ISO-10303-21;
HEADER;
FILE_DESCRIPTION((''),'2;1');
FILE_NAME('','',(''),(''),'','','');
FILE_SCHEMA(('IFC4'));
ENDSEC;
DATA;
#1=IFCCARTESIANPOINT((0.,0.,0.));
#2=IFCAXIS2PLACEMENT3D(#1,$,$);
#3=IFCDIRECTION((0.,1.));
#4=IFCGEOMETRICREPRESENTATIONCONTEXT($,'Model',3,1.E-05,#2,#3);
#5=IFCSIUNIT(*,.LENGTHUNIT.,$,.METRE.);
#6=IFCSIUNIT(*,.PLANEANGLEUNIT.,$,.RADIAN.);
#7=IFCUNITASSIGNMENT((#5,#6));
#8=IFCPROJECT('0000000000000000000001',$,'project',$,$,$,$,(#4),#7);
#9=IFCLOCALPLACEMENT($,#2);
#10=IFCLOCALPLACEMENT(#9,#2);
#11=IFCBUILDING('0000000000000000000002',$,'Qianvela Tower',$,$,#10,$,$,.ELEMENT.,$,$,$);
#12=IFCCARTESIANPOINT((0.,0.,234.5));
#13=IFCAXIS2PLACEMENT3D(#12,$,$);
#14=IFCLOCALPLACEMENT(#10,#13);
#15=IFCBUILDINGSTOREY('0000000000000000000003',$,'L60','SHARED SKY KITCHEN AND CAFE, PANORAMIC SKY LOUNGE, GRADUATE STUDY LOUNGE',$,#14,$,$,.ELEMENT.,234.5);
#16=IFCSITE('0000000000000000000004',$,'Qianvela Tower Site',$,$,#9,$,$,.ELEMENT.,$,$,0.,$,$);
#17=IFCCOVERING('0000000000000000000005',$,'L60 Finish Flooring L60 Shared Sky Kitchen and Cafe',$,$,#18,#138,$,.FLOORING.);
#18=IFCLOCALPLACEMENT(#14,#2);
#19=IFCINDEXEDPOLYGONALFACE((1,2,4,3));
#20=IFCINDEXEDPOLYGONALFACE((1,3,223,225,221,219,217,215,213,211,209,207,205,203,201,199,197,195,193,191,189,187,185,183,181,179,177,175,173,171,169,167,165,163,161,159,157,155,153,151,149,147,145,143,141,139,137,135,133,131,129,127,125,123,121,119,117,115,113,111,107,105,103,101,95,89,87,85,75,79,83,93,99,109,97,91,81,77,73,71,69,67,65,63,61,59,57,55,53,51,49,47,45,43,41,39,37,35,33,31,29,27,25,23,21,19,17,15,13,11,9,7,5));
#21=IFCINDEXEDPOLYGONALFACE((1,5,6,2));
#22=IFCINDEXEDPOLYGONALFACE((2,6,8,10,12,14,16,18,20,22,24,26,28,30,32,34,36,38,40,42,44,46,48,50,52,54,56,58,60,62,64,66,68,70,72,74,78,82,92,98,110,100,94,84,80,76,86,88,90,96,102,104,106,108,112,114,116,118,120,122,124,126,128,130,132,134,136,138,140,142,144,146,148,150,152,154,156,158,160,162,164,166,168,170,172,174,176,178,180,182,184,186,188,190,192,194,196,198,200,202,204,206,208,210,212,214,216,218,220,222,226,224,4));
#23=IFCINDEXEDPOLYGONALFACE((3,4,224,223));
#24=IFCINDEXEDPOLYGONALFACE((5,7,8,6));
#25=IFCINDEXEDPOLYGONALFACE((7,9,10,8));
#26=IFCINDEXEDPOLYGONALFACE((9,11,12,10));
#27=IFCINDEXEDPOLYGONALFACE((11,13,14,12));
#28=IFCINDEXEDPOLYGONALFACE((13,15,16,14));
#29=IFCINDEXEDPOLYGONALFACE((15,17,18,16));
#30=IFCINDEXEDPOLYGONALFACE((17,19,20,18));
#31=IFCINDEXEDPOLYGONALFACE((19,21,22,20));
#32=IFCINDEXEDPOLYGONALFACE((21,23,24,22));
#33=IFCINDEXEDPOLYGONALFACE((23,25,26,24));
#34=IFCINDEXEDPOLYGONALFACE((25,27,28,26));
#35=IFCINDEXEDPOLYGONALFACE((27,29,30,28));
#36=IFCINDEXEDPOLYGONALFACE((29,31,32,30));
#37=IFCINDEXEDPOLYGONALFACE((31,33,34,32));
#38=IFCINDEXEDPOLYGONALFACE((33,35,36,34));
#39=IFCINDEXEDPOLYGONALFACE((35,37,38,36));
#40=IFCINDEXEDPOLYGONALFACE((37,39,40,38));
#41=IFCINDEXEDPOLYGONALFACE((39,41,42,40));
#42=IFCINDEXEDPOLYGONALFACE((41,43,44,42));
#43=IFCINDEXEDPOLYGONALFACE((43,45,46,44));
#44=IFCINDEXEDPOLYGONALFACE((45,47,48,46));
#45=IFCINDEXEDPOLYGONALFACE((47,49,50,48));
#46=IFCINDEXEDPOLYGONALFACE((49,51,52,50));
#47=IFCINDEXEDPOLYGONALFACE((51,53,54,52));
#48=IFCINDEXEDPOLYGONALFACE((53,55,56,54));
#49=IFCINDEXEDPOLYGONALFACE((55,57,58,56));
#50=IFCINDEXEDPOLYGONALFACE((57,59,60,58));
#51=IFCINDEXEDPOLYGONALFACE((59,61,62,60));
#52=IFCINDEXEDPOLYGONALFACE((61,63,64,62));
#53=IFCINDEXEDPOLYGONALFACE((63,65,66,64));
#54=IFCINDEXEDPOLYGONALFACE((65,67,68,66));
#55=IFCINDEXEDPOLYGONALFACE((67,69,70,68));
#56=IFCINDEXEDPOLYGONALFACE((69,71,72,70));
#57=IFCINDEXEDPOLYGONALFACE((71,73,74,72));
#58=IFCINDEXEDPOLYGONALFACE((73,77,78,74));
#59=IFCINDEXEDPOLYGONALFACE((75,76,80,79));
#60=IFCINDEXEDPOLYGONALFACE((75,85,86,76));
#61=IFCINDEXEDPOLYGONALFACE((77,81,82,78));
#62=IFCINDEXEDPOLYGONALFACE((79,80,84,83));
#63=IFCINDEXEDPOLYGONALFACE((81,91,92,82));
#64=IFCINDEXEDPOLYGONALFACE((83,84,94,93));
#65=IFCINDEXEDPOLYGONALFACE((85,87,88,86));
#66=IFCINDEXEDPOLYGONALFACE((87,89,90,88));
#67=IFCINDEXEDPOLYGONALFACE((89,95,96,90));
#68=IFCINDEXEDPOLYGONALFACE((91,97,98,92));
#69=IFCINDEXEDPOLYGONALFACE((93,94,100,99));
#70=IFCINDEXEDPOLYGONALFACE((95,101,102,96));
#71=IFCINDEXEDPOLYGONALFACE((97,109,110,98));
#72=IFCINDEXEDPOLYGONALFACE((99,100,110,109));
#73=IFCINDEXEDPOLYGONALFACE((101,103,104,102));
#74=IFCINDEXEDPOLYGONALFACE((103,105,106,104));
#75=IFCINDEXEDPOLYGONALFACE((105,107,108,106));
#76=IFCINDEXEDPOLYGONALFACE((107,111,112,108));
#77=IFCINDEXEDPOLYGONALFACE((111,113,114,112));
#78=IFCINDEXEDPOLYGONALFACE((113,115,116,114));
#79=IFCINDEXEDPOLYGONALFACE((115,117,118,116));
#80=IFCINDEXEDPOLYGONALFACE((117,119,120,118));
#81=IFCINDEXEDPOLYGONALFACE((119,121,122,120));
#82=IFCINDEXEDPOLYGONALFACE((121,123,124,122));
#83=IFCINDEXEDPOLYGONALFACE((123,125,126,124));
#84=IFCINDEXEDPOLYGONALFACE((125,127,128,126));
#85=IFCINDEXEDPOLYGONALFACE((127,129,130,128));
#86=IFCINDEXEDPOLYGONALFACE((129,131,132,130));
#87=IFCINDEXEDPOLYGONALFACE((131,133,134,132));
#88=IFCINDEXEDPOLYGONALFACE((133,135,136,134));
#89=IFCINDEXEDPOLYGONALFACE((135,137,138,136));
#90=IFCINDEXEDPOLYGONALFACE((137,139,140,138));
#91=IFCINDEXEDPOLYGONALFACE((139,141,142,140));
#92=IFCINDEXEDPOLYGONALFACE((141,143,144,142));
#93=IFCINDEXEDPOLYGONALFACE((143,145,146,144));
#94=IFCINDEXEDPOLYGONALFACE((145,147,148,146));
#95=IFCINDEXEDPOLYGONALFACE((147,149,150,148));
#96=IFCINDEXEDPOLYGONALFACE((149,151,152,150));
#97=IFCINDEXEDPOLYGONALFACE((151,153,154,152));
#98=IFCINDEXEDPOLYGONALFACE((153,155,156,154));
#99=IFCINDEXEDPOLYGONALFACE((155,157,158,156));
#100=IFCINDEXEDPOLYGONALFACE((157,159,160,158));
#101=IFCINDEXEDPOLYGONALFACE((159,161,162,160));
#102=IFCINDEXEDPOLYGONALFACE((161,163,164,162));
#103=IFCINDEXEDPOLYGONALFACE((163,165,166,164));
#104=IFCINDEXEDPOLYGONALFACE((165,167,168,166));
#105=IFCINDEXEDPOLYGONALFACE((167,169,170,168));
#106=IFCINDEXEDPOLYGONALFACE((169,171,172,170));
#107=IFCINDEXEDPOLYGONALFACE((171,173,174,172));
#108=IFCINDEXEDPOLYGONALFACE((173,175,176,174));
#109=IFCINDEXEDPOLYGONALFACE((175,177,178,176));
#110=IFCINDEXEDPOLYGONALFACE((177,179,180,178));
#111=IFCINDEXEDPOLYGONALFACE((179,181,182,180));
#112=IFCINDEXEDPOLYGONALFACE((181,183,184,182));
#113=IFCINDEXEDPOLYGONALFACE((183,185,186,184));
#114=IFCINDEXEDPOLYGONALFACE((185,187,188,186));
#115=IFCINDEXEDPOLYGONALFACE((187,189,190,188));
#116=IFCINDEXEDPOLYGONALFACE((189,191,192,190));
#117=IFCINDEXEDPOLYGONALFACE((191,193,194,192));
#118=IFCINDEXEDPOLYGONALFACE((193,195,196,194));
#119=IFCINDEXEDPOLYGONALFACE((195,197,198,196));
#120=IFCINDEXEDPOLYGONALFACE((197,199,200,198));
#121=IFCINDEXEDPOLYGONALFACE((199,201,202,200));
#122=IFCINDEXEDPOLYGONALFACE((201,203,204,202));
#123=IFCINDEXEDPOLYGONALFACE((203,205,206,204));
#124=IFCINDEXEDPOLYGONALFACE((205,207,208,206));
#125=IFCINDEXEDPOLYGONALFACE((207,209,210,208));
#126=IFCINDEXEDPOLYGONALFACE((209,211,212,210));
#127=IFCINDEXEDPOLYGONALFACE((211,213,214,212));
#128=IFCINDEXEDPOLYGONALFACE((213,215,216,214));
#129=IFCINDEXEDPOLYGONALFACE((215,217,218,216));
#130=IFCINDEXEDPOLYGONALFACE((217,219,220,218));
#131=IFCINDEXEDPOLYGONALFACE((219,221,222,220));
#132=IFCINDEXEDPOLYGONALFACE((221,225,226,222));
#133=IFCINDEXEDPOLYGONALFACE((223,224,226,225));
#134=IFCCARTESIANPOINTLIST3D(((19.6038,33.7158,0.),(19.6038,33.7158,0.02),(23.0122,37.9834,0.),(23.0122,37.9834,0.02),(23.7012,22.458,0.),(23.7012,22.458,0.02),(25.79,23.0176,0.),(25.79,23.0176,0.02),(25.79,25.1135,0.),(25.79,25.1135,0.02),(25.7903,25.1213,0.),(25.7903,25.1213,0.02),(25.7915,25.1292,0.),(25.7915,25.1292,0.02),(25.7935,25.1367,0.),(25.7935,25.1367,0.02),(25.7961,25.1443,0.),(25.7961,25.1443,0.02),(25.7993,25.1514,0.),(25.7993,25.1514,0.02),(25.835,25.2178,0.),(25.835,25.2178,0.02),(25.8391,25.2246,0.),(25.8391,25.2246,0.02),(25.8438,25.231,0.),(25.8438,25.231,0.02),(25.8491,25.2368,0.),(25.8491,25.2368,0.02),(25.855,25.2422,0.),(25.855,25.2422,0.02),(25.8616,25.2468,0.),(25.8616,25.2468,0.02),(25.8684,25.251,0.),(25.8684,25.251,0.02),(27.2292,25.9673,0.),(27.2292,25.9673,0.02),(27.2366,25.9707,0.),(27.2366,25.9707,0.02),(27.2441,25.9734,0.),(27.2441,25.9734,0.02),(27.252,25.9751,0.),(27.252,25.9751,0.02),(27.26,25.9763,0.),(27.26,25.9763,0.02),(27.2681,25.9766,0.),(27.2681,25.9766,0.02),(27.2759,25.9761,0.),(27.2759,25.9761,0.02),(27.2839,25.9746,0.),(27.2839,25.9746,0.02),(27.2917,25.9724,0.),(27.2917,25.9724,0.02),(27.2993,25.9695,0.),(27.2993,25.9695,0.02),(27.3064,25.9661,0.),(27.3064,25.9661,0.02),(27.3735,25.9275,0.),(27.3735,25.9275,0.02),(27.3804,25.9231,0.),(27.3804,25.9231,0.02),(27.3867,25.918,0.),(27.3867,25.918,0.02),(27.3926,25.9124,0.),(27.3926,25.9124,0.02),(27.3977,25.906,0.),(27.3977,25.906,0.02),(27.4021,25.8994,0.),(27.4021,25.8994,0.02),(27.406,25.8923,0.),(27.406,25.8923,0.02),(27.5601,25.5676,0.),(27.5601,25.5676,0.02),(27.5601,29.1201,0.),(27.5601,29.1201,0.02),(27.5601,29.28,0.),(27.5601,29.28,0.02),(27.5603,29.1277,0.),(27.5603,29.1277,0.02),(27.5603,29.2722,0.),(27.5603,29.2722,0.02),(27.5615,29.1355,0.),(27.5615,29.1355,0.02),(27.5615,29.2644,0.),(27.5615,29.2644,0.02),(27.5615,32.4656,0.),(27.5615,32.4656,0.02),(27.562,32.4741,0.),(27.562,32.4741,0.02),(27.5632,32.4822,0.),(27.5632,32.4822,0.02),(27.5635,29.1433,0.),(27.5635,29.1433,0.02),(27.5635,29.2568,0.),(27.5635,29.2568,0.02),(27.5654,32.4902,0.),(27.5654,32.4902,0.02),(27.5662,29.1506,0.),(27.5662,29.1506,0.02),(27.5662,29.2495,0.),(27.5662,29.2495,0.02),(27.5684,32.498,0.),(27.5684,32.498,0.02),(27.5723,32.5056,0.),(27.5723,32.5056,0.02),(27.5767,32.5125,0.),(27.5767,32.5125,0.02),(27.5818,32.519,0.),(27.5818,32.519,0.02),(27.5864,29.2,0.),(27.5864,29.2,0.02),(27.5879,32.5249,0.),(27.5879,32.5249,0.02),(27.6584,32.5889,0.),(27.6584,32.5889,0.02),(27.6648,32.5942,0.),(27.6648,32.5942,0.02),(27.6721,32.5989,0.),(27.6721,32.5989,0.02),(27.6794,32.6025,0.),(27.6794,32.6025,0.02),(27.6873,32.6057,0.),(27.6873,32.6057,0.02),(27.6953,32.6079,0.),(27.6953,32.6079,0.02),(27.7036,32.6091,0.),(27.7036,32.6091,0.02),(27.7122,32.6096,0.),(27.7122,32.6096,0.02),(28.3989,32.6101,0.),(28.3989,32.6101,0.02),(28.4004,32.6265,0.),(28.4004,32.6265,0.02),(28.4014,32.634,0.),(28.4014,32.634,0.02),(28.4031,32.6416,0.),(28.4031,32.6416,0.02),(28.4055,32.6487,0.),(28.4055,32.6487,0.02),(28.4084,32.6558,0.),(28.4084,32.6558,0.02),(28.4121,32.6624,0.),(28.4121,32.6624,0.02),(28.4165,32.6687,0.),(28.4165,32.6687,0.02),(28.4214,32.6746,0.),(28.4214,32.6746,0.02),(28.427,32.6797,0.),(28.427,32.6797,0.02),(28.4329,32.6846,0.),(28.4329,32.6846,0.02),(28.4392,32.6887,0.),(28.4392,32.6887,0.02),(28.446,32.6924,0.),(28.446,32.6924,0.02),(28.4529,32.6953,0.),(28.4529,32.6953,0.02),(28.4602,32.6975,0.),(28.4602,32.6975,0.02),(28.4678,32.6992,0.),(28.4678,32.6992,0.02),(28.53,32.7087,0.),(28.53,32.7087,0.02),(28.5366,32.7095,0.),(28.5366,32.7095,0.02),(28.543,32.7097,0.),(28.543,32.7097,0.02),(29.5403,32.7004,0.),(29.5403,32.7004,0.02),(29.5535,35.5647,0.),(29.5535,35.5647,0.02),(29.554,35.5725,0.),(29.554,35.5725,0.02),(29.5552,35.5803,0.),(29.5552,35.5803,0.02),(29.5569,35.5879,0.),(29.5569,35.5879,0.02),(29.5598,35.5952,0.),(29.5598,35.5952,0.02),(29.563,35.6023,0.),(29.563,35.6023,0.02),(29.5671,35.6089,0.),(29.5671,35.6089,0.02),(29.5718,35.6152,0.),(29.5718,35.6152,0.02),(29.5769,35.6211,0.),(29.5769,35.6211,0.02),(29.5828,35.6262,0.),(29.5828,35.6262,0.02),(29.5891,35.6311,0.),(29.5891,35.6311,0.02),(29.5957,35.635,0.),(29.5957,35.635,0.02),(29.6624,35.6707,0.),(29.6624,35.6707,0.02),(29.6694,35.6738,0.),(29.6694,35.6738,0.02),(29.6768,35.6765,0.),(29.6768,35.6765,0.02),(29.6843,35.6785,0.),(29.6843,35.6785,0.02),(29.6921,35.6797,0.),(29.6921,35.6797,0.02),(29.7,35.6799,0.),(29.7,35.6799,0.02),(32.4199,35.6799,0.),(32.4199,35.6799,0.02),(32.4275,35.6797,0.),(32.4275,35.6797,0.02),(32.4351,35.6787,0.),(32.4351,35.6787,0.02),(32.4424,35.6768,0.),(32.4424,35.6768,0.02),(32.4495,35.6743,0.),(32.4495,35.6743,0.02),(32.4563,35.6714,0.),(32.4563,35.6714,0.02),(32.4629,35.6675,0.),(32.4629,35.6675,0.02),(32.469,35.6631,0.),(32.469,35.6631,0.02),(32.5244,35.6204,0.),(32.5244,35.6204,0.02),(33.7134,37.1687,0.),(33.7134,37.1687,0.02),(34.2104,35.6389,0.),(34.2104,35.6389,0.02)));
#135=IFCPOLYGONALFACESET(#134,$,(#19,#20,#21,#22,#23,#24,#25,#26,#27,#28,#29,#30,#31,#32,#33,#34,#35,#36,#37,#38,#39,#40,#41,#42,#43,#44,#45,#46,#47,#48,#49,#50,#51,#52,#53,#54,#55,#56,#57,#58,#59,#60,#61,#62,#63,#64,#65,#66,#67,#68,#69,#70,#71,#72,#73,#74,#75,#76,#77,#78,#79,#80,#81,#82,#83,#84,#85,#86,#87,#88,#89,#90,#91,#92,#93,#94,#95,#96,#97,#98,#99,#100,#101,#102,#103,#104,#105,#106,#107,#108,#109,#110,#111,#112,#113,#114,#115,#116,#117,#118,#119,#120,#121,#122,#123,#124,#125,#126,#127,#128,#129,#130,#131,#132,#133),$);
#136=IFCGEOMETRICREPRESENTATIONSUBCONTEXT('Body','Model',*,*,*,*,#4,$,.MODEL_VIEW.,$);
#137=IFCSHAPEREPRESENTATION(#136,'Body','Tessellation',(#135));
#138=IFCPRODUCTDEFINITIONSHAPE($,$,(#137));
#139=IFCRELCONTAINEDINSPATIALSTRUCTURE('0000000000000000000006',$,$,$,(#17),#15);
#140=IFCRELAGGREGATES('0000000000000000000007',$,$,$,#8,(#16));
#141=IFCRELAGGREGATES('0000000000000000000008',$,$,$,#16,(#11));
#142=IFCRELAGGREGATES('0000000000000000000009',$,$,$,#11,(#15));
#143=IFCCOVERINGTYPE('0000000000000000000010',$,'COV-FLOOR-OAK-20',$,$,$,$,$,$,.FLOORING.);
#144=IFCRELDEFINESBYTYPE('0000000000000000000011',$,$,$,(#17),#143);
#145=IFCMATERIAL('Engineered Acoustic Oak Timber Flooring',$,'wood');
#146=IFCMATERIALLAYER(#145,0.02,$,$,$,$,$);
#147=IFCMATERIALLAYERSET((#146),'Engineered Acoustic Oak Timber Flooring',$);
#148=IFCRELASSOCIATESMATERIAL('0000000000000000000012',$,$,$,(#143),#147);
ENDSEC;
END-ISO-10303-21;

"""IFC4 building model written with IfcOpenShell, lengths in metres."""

from ifc_helpers import new_model, si_unit, direction, frame, origin, place, context, subcontext, project, spatial, polyline, outline, extrude, material, layer, layer_set, type_object, element, save


model = new_model("IFC4")

# Units and contexts
model_context = context("Model", 3, precision=1e-05, world=origin(), true_north=direction((0.0, 1.0)))
body_context = subcontext(model_context, "Body", "Model", "MODEL_VIEW")
ifc_project = project(units=[si_unit("LENGTHUNIT", "METRE"), si_unit("PLANEANGLEUNIT", "RADIAN")], contexts=[model_context])

# Site, building, storey
site_placement = place(None, origin())
site = spatial("IfcSite", under=ifc_project, at=site_placement, Name="Qianvela Tower Site", CompositionType="ELEMENT", RefElevation=0.0)
building_placement = place(site_placement, origin())
building = spatial("IfcBuilding", under=site, at=building_placement, Name="Qianvela Tower", CompositionType="ELEMENT")
storey_placement = place(building_placement, frame((0.0, 0.0, 234.5)))
storey = spatial("IfcBuildingStorey", under=building, at=storey_placement, Name="L60", Description="SHARED SKY KITCHEN AND CAFE, PANORAMIC SKY LOUNGE, GRADUATE STUDY LOUNGE", CompositionType="ELEMENT", Elevation=234.5)

# Covering
ifc_material_1 = material(Name="Engineered Acoustic Oak Timber Flooring", Category="wood")
ifc_layer_1 = layer(ifc_material_1, 0.02)
ifc_layer_set_1 = layer_set([ifc_layer_1], Name="Engineered Acoustic Oak Timber Flooring")
covering_type_1 = type_object("IfcCoveringType", Name="COV-FLOOR-OAK-20", PredefinedType="FLOORING", material=ifc_layer_set_1)
covering_1_placement = place(storey_placement, origin())
element("IfcCovering", 1, at=covering_1_placement, inside=storey, type_object=covering_type_1, Name="L60 Finish Flooring L60 Shared Sky Kitchen and Cafe", PredefinedType="FLOORING", context=body_context, shape_type="SweptSolid", body=[
    extrude(outline(polyline([(27.5864, 29.2), (27.5662, 29.1506), (27.5635, 29.1433), (27.5615, 29.1355), (27.5603, 29.1277), (27.5601, 29.1201), (27.5601, 25.5676), (27.406, 25.8923), (27.4021, 25.8994), (27.3977, 25.906), (27.3926, 25.9124), (27.3867, 25.918), (27.3804, 25.9231), (27.3735, 25.9275), (27.3064, 25.9661), (27.2993, 25.9695), (27.2917, 25.9724), (27.2839, 25.9746), (27.2759, 25.9761), (27.2681, 25.9766), (27.26, 25.9763), (27.252, 25.9751), (27.2441, 25.9734), (27.2366, 25.9707), (27.2292, 25.9673), (25.8684, 25.251), (25.8616, 25.2468), (25.855, 25.2422), (25.8491, 25.2368), (25.8438, 25.231), (25.8391, 25.2246), (25.835, 25.2178), (25.7993, 25.1514), (25.7961, 25.1443), (25.7935, 25.1367), (25.7915, 25.1292), (25.7903, 25.1213), (25.79, 25.1135), (25.79, 23.0176), (23.7012, 22.458), (19.6038, 33.7158), (23.0122, 37.9834), (33.7134, 37.1687), (34.2104, 35.6389), (32.5244, 35.6204), (32.469, 35.6631), (32.4629, 35.6675), (32.4563, 35.6714), (32.4495, 35.6743), (32.4424, 35.6768), (32.4351, 35.6787), (32.4275, 35.6797), (32.4199, 35.6799), (29.7, 35.6799), (29.6921, 35.6797), (29.6843, 35.6785), (29.6768, 35.6765), (29.6694, 35.6738), (29.6624, 35.6707), (29.5957, 35.635), (29.5891, 35.6311), (29.5828, 35.6262), (29.5769, 35.6211), (29.5718, 35.6152), (29.5671, 35.6089), (29.563, 35.6023), (29.5598, 35.5952), (29.5569, 35.5879), (29.5552, 35.5803), (29.554, 35.5725), (29.5535, 35.5647), (29.5403, 32.7004), (28.543, 32.7097), (28.5366, 32.7095), (28.53, 32.7087), (28.4678, 32.6992), (28.4602, 32.6975), (28.4529, 32.6953), (28.446, 32.6924), (28.4392, 32.6887), (28.4329, 32.6846), (28.427, 32.6797), (28.4214, 32.6746), (28.4165, 32.6687), (28.4121, 32.6624), (28.4084, 32.6558), (28.4055, 32.6487), (28.4031, 32.6416), (28.4014, 32.634), (28.4004, 32.6265), (28.3989, 32.6101), (27.7122, 32.6096), (27.7036, 32.6091), (27.6953, 32.6079), (27.6873, 32.6057), (27.6794, 32.6025), (27.6721, 32.5989), (27.6648, 32.5942), (27.6584, 32.5889), (27.5879, 32.5249), (27.5818, 32.519), (27.5767, 32.5125), (27.5723, 32.5056), (27.5684, 32.498), (27.5654, 32.4902), (27.5632, 32.4822), (27.562, 32.4741), (27.5615, 32.4656), (27.5601, 29.28), (27.5603, 29.2722), (27.5615, 29.2644), (27.5635, 29.2568), (27.5662, 29.2495), (27.5864, 29.2)])), origin(), (0.0, 0.0, 1.0), 0.02),
])

save(model, "model.ifc")
